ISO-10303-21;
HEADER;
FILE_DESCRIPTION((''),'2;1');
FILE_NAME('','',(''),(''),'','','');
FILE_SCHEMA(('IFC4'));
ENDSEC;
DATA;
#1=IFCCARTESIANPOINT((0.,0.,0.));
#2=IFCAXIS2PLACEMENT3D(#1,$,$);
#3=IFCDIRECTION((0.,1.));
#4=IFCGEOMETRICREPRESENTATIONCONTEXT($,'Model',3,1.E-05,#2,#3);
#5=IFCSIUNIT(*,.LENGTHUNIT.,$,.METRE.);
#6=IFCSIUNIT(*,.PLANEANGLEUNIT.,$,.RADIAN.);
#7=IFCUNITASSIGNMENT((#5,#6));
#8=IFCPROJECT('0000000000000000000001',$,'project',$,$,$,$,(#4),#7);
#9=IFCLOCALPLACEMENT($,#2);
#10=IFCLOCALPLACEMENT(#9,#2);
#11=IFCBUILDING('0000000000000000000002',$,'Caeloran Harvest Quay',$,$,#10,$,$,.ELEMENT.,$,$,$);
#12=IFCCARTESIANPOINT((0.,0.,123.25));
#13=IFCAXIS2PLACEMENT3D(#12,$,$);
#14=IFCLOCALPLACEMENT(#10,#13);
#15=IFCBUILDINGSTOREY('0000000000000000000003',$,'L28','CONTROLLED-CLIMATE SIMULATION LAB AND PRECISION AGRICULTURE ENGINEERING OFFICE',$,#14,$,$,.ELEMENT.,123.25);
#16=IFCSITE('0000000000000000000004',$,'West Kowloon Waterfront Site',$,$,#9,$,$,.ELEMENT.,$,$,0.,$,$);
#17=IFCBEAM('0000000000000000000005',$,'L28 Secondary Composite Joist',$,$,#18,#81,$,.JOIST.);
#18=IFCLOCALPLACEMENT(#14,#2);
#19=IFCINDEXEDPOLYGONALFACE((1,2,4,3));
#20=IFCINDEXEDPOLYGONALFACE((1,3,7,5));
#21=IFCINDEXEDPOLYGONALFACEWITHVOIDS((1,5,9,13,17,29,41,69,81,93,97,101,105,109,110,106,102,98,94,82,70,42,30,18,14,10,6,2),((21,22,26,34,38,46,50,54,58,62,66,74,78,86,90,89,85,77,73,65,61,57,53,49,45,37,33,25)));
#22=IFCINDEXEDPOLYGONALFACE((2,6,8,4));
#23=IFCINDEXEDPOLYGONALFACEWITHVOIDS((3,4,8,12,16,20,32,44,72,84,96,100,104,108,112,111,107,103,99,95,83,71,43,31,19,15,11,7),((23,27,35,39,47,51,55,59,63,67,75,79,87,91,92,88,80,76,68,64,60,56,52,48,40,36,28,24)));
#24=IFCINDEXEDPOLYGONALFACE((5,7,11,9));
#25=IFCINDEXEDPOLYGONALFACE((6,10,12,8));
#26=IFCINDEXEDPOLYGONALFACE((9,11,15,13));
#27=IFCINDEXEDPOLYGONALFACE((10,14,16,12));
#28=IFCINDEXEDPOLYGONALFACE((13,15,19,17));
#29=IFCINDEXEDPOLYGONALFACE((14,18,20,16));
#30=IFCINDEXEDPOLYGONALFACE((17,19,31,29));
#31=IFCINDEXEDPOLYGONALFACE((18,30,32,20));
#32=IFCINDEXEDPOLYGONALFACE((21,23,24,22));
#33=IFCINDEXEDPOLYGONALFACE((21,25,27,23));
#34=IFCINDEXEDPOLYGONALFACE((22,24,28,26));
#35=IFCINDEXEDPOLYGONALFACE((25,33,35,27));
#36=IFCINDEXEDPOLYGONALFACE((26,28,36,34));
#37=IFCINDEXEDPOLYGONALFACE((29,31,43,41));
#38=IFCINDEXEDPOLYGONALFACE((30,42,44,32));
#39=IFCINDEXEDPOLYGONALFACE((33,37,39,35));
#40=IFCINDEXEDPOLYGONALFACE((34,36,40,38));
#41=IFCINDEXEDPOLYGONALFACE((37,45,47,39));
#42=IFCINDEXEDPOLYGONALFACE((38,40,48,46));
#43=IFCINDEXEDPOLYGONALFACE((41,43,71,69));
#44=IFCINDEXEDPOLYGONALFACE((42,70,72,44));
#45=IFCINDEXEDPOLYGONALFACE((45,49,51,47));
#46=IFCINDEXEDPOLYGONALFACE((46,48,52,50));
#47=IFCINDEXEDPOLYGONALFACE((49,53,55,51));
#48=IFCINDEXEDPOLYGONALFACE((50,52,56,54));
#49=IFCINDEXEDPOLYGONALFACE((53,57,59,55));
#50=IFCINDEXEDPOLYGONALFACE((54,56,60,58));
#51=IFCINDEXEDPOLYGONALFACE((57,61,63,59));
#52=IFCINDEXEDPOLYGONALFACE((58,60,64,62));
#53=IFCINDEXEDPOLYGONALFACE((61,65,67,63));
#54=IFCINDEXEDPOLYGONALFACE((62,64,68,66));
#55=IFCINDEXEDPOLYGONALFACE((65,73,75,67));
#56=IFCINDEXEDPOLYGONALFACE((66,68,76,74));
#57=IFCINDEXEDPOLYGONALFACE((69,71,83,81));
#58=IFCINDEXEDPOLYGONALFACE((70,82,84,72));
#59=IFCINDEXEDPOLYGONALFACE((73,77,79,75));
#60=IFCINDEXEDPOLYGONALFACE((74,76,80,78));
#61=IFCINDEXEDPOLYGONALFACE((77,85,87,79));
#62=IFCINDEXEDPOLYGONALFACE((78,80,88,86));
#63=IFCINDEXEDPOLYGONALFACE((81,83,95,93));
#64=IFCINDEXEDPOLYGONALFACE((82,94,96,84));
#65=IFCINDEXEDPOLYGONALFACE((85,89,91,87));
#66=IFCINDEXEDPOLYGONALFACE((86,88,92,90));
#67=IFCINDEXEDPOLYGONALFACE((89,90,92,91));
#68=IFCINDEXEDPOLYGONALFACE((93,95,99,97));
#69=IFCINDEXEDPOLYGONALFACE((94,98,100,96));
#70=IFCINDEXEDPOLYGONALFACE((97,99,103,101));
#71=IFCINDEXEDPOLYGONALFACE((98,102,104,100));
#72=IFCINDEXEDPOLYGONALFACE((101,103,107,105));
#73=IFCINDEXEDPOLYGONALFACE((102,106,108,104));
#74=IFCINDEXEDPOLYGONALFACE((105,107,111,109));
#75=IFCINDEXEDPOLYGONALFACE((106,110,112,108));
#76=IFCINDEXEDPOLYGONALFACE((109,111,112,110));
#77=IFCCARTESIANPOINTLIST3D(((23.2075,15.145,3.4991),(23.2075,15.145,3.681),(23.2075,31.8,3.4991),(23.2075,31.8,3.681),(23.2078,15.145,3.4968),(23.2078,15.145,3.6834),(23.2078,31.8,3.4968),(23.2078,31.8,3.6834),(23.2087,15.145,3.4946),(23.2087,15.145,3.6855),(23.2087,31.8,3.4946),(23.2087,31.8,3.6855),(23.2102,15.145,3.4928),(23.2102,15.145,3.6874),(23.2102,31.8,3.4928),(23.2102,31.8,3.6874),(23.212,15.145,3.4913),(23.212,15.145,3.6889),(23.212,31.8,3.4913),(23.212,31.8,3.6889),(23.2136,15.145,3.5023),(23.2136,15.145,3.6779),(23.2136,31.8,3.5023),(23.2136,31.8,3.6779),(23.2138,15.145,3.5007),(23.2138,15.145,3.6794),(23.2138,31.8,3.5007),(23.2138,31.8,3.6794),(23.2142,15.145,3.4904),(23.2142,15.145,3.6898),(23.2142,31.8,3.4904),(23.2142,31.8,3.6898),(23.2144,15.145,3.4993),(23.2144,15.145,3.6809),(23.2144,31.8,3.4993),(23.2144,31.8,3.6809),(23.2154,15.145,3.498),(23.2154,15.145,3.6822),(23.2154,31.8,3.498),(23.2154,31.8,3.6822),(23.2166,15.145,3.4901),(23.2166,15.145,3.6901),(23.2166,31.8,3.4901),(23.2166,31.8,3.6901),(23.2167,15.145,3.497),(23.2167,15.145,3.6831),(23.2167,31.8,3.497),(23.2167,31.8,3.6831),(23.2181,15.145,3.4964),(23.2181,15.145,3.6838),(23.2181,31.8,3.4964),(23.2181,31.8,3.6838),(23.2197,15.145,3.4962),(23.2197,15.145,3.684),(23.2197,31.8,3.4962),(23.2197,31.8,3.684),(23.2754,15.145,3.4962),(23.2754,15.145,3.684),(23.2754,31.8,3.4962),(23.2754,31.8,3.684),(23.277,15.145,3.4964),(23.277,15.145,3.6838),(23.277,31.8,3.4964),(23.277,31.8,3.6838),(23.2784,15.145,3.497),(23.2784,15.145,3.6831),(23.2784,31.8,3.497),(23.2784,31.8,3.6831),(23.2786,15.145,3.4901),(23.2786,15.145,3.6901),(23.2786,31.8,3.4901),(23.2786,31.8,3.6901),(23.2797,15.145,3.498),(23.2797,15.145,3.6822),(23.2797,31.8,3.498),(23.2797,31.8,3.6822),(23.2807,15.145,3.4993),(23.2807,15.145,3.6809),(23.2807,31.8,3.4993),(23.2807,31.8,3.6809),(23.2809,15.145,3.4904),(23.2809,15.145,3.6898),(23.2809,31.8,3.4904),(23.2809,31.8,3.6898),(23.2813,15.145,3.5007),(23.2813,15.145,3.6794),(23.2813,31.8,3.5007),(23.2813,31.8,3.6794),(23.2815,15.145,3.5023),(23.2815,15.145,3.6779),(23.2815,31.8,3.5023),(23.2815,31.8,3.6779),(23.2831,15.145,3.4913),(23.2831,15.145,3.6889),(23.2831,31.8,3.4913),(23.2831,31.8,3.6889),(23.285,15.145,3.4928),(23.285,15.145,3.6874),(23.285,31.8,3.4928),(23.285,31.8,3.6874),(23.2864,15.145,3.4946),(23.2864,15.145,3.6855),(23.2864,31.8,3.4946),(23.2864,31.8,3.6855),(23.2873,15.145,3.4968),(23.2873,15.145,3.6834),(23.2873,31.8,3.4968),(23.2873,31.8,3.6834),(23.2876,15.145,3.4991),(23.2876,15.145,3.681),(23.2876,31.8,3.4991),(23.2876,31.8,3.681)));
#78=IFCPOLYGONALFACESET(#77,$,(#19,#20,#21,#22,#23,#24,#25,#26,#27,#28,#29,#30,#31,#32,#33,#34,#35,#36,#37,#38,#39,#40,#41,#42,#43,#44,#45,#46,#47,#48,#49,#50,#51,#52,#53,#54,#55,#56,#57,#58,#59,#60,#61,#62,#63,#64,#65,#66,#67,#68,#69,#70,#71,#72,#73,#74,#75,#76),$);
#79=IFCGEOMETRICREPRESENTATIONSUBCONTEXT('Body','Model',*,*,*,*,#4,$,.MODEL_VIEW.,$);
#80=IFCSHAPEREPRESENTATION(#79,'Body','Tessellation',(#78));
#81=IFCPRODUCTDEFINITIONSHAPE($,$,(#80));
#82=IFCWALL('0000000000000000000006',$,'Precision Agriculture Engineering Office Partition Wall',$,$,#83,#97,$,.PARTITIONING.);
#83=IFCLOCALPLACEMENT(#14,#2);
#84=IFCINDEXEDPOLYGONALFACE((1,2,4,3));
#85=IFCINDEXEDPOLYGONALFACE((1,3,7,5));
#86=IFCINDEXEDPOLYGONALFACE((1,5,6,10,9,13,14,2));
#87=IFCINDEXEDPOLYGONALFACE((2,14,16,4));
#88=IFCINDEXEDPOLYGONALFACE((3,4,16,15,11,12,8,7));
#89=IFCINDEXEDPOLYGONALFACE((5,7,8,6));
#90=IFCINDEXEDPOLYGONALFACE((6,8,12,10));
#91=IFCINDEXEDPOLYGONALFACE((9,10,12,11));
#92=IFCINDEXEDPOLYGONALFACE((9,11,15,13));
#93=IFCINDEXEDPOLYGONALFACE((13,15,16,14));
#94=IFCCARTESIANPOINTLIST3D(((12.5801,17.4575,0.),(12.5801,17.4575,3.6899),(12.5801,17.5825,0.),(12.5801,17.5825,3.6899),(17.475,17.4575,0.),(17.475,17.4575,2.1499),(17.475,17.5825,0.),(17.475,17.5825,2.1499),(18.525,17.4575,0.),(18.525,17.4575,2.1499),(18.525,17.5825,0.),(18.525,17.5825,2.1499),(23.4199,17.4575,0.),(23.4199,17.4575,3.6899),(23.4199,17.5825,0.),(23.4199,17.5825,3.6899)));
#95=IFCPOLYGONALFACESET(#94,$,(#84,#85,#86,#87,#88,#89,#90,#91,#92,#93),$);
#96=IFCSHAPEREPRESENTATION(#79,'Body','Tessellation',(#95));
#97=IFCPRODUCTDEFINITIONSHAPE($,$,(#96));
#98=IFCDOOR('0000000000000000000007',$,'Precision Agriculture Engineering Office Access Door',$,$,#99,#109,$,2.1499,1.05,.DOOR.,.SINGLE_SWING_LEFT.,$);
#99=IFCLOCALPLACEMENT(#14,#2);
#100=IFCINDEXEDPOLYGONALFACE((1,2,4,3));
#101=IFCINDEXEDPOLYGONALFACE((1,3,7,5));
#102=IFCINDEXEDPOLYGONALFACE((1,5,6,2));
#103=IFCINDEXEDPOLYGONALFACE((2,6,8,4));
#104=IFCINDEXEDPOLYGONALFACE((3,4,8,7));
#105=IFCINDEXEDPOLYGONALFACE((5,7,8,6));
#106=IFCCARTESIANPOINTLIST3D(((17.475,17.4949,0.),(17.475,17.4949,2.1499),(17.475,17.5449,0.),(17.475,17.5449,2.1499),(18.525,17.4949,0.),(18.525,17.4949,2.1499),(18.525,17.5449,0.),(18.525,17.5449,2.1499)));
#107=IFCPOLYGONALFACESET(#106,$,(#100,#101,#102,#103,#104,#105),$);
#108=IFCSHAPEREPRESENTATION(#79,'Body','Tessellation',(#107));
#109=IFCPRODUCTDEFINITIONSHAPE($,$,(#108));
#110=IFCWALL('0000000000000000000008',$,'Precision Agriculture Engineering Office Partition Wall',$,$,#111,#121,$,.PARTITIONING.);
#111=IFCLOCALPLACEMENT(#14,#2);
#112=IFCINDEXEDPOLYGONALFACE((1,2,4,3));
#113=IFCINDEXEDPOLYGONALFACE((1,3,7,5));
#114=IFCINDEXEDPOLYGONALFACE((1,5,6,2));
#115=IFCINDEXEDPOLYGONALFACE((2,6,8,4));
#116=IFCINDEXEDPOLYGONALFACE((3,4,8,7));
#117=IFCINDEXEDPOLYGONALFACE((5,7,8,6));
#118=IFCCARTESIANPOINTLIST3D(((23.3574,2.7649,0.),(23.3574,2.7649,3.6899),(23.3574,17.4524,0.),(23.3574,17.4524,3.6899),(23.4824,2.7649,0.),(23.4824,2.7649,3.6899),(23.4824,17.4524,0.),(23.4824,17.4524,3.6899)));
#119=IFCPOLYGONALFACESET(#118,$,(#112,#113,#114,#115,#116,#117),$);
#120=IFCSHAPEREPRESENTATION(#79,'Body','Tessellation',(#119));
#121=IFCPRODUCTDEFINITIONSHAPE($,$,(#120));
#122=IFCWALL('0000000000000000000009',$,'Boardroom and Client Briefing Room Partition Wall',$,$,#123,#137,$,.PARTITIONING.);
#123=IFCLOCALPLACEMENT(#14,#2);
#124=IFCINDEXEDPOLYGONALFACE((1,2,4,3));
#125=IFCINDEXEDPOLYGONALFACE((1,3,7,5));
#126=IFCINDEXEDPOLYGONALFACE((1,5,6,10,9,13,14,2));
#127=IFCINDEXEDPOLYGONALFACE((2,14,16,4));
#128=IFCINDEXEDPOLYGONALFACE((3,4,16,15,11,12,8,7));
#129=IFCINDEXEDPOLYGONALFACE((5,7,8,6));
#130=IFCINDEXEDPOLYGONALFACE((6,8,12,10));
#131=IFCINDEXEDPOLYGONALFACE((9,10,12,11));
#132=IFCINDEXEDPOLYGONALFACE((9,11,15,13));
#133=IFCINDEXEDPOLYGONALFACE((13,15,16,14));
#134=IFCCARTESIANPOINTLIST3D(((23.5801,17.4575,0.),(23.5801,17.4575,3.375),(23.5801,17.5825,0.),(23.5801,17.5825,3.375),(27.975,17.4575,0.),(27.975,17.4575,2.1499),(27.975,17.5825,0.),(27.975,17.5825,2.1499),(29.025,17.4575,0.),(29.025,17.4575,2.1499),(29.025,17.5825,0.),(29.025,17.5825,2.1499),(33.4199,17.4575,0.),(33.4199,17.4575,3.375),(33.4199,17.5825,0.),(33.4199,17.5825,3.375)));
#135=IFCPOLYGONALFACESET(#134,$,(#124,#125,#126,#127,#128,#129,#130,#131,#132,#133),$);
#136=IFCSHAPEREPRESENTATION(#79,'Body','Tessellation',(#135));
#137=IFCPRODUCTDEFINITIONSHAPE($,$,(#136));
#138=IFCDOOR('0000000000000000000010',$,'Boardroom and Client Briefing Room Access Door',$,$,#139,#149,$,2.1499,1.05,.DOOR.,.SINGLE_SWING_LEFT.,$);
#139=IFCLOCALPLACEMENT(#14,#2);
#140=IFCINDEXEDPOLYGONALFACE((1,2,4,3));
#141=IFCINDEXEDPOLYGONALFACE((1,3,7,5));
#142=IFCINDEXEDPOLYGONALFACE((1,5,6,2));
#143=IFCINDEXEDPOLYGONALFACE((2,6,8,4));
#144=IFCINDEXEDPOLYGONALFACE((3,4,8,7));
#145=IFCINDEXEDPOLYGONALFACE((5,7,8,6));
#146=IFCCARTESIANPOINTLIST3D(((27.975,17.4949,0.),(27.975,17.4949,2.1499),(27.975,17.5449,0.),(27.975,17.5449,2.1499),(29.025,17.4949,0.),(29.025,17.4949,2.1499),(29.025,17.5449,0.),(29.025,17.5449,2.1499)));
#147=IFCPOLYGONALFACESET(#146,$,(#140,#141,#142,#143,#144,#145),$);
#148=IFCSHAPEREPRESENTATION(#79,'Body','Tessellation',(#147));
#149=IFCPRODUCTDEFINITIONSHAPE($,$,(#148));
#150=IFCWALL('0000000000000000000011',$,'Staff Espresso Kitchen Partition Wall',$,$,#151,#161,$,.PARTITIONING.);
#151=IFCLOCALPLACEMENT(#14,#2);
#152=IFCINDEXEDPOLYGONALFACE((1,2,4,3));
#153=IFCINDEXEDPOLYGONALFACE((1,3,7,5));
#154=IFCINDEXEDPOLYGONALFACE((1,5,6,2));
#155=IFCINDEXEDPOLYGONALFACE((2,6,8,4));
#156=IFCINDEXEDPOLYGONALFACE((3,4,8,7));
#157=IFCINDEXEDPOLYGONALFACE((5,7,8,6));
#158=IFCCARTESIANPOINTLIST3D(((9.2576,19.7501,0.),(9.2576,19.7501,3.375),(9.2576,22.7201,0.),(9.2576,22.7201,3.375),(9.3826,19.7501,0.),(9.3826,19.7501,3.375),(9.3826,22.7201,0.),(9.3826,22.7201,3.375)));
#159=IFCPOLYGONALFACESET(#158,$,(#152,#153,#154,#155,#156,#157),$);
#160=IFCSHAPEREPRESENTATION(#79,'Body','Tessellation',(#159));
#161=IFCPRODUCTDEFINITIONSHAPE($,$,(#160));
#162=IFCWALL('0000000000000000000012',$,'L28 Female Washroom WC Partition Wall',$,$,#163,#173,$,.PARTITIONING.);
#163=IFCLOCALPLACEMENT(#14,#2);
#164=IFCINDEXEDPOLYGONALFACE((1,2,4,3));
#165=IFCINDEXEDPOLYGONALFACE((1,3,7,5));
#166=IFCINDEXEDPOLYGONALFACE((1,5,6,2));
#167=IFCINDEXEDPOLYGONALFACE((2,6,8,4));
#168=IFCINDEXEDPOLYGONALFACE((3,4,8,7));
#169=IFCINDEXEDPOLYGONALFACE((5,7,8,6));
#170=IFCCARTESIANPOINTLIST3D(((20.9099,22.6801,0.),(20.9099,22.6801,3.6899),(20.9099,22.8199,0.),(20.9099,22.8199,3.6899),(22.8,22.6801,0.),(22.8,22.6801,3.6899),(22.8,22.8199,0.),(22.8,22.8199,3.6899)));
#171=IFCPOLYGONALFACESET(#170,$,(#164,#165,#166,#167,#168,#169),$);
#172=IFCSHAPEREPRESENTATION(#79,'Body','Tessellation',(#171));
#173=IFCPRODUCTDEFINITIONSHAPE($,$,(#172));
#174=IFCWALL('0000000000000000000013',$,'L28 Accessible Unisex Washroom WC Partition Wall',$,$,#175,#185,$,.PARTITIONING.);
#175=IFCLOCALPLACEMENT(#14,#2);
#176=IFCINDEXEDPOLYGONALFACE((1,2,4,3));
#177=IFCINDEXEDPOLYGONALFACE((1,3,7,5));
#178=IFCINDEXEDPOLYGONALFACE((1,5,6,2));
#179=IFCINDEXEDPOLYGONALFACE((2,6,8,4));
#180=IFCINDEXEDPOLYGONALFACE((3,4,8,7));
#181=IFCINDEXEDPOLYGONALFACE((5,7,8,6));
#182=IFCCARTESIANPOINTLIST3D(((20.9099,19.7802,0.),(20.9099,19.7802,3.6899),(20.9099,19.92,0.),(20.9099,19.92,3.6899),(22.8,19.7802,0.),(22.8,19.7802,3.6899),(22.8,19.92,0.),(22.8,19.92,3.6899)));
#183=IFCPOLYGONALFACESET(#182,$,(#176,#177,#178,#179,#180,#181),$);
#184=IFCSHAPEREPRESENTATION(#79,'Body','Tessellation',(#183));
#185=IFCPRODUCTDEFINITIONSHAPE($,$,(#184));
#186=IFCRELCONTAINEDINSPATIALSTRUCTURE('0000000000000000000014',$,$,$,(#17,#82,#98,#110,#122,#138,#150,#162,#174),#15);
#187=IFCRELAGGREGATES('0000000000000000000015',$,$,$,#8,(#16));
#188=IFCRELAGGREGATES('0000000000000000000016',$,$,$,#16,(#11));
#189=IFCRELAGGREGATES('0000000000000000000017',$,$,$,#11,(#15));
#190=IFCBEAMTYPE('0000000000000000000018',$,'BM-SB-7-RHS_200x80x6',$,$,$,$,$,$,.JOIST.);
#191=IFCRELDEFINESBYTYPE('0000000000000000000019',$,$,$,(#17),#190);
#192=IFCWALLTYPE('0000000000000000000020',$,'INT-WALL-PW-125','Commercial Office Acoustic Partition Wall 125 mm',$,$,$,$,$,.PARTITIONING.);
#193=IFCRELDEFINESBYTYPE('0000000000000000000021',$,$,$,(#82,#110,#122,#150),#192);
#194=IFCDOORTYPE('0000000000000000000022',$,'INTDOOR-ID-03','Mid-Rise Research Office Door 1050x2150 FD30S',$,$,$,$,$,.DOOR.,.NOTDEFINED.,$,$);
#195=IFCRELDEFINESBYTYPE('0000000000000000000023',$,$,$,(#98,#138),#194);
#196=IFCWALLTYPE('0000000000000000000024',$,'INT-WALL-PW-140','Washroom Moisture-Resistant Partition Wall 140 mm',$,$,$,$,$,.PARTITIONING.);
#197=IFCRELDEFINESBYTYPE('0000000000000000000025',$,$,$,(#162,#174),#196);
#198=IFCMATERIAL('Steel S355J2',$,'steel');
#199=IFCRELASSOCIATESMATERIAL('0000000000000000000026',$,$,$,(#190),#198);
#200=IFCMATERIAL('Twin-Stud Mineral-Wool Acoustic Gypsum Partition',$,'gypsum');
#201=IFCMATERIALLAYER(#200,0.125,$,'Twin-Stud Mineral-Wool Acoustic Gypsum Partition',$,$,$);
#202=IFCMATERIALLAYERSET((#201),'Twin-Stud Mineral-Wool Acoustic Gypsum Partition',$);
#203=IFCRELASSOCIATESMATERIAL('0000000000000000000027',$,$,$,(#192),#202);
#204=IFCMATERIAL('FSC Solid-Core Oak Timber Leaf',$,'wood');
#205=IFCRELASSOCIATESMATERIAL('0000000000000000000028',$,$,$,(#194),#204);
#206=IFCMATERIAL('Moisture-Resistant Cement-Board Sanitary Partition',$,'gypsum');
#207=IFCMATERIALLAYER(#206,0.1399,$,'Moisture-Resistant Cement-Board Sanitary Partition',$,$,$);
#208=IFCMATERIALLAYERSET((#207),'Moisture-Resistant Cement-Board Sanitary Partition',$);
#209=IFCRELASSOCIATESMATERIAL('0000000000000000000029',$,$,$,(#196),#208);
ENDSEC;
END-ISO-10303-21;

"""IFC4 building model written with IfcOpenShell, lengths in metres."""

from ifc_helpers import new_model, si_unit, direction, frame, frame_2d, origin, origin_2d, place, context, subcontext, project, spatial, rectangle, hollow_rectangle, extrude, material, layer, layer_set, material_profile, profile_set, type_object, element, fill, save


model = new_model("IFC4")

# Units and contexts
model_context = context("Model", 3, precision=1e-05, world=origin(), true_north=direction((0.0, 1.0)))
body_context = subcontext(model_context, "Body", "Model", "MODEL_VIEW")
ifc_project = project(units=[si_unit("LENGTHUNIT", "METRE"), si_unit("PLANEANGLEUNIT", "RADIAN")], contexts=[model_context])

# Site, building, storey
site_placement = place(None, origin())
site = spatial("IfcSite", under=ifc_project, at=site_placement, Name="West Kowloon Waterfront Site", CompositionType="ELEMENT", RefElevation=0.0)
building_placement = place(site_placement, origin())
building = spatial("IfcBuilding", under=site, at=building_placement, Name="Caeloran Harvest Quay", CompositionType="ELEMENT")
storey_placement = place(building_placement, frame((0.0, 0.0, 123.25)))
storey = spatial("IfcBuildingStorey", under=building, at=storey_placement, Name="L28", Description="CONTROLLED-CLIMATE SIMULATION LAB AND PRECISION AGRICULTURE ENGINEERING OFFICE", CompositionType="ELEMENT", Elevation=123.25)

# Beam
ifc_material_1 = material(Name="Steel S355J2", Category="steel")
ifc_material_profile_1 = material_profile(ifc_material_1, hollow_rectangle(XDim=0.0801, YDim=0.2, WallThickness=0.0061, InnerFilletRadius=0.0061, OuterFilletRadius=0.009, at=origin_2d()), Name="RHS 200x80x6")
ifc_profile_set_1 = profile_set([ifc_material_profile_1], Name="Steel S355J2")
beam_type_1 = type_object("IfcBeamType", Name="BM-SB-7-RHS_200x80x6", PredefinedType="JOIST", material=ifc_profile_set_1)
for number, where, z_axis, x_axis, name in (
    (1, (23.2476, 15.145, 3.5901), (0.0, 1.0, 0.0), (-1.0, 0.0, 0.0), "L28 Secondary Composite Joist"),
):
    element("IfcBeam", number, at=place(storey_placement, frame(where, z_axis=z_axis, x_axis=x_axis)), inside=storey, type_object=beam_type_1, Name=name, PredefinedType="JOIST", context=body_context, shape_type="SweptSolid", body=[
        extrude(hollow_rectangle(XDim=0.0801, YDim=0.2, WallThickness=0.0061, InnerFilletRadius=0.0061, OuterFilletRadius=0.009, at=origin_2d()), origin(), (0.0, 0.0, 1.0), 16.655),
    ])

# Wall, opening, door
ifc_material_2 = material(Name="Twin-Stud Mineral-Wool Acoustic Gypsum Partition", Category="gypsum")
ifc_layer_1 = layer(ifc_material_2, 0.125, Name="Twin-Stud Mineral-Wool Acoustic Gypsum Partition")
ifc_layer_set_1 = layer_set([ifc_layer_1], Name="Twin-Stud Mineral-Wool Acoustic Gypsum Partition")
wall_type_1 = type_object("IfcWallType", Name="INT-WALL-PW-125", Description="Commercial Office Acoustic Partition Wall 125 mm", PredefinedType="PARTITIONING", material=ifc_layer_set_1)
wall_1_placement = place(storey_placement, frame((12.5801, 17.52, 0.0), z_axis=(0.0, 0.0, 1.0), x_axis=(1.0, 0.0, 0.0)))
wall_1 = element("IfcWall", 2, at=wall_1_placement, inside=storey, type_object=wall_type_1, Name="Precision Agriculture Engineering Office Partition Wall", PredefinedType="PARTITIONING", context=body_context, shape_type="SweptSolid", body=[
    extrude(rectangle(XDim=10.8398, YDim=0.125, at=frame_2d((5.4199, 0.0))), origin(), (0.0, 0.0, 1.0), 3.6899),
])
opening_1_placement = place(wall_1_placement, frame((4.895, 0.0, 0.0)))
opening_1 = element("IfcOpeningElement", 3, at=opening_1_placement, cuts=wall_1, PredefinedType="OPENING", context=body_context, shape_type="SweptSolid", body=[
    extrude(rectangle(XDim=1.05, YDim=2.1499, at=frame_2d((0.5249, 1.075))), frame((0.0, 0.0725, 0.0), z_axis=(0.0, -1.0, 0.0), x_axis=(1.0, 0.0, 0.0)), (0.0, 0.0, 1.0), 0.145),
])
ifc_material_3 = material(Name="FSC Solid-Core Oak Timber Leaf", Category="wood")
door_type_1 = type_object("IfcDoorType", Name="INTDOOR-ID-03", Description="Mid-Rise Research Office Door 1050x2150 FD30S", OperationType="NOTDEFINED", PredefinedType="DOOR", material=ifc_material_3)
door_1_placement = place(opening_1_placement, origin())
door_1 = element("IfcDoor", 4, at=door_1_placement, inside=storey, type_object=door_type_1, Name="Precision Agriculture Engineering Office Access Door", OperationType="SINGLE_SWING_LEFT", OverallHeight=2.1499, OverallWidth=1.05, PredefinedType="DOOR", context=body_context, shape_type="SweptSolid", body=[
    extrude(rectangle(XDim=1.05, YDim=2.1499, at=frame_2d((0.5249, 1.075))), frame((0.0, 0.0249, 0.0), z_axis=(0.0, -1.0, 0.0), x_axis=(1.0, 0.0, 0.0)), (0.0, 0.0, 1.0), 0.05),
])
fill(opening_1, door_1)

# Wall
wall_2_placement = place(storey_placement, frame((23.4199, 17.4524, 0.0), z_axis=(0.0, 0.0, 1.0), x_axis=(0.0, -1.0, 0.0)))
element("IfcWall", 5, at=wall_2_placement, inside=storey, type_object=wall_type_1, Name="Precision Agriculture Engineering Office Partition Wall", PredefinedType="PARTITIONING", context=body_context, shape_type="SweptSolid", body=[
    extrude(rectangle(XDim=14.6875, YDim=0.125, at=frame_2d((7.3438, 0.0))), origin(), (0.0, 0.0, 1.0), 3.6899),
])

# Wall, opening, door
wall_3_placement = place(storey_placement, frame((23.5801, 17.52, 0.0), z_axis=(0.0, 0.0, 1.0), x_axis=(1.0, 0.0, 0.0)))
wall_3 = element("IfcWall", 6, at=wall_3_placement, inside=storey, type_object=wall_type_1, Name="Boardroom and Client Briefing Room Partition Wall", PredefinedType="PARTITIONING", context=body_context, shape_type="SweptSolid", body=[
    extrude(rectangle(XDim=9.8398, YDim=0.125, at=frame_2d((4.9199, 0.0))), origin(), (0.0, 0.0, 1.0), 3.375),
])
opening_2_placement = place(wall_3_placement, frame((4.395, 0.0, 0.0)))
opening_2 = element("IfcOpeningElement", 7, at=opening_2_placement, cuts=wall_3, PredefinedType="OPENING", context=body_context, shape_type="SweptSolid", body=[
    extrude(rectangle(XDim=1.05, YDim=2.1499, at=frame_2d((0.5249, 1.075))), frame((0.0, 0.0725, 0.0), z_axis=(0.0, -1.0, 0.0), x_axis=(1.0, 0.0, 0.0)), (0.0, 0.0, 1.0), 0.145),
])
door_2_placement = place(opening_2_placement, origin())
door_2 = element("IfcDoor", 8, at=door_2_placement, inside=storey, type_object=door_type_1, Name="Boardroom and Client Briefing Room Access Door", OperationType="SINGLE_SWING_LEFT", OverallHeight=2.1499, OverallWidth=1.05, PredefinedType="DOOR", context=body_context, shape_type="SweptSolid", body=[
    extrude(rectangle(XDim=1.05, YDim=2.1499, at=frame_2d((0.5249, 1.075))), frame((0.0, 0.0249, 0.0), z_axis=(0.0, -1.0, 0.0), x_axis=(1.0, 0.0, 0.0)), (0.0, 0.0, 1.0), 0.05),
])
fill(opening_2, door_2)

# Wall
wall_4_placement = place(storey_placement, frame((9.3201, 22.72, 0.0), z_axis=(0.0, 0.0, 1.0), x_axis=(0.0, -1.0, 0.0)))
element("IfcWall", 9, at=wall_4_placement, inside=storey, type_object=wall_type_1, Name="Staff Espresso Kitchen Partition Wall", PredefinedType="PARTITIONING", context=body_context, shape_type="SweptSolid", body=[
    extrude(rectangle(XDim=2.97, YDim=0.125, at=frame_2d((1.4849, 0.0))), origin(), (0.0, 0.0, 1.0), 3.375),
])

# Wall
ifc_material_4 = material(Name="Moisture-Resistant Cement-Board Sanitary Partition", Category="gypsum")
ifc_layer_2 = layer(ifc_material_4, 0.1399, Name="Moisture-Resistant Cement-Board Sanitary Partition")
ifc_layer_set_2 = layer_set([ifc_layer_2], Name="Moisture-Resistant Cement-Board Sanitary Partition")
wall_type_2 = type_object("IfcWallType", Name="INT-WALL-PW-140", Description="Washroom Moisture-Resistant Partition Wall 140 mm", PredefinedType="PARTITIONING", material=ifc_layer_set_2)
wall_5_placement = place(storey_placement, frame((22.8, 22.75, 0.0), z_axis=(0.0, 0.0, 1.0), x_axis=(-1.0, 0.0, 0.0)))
element("IfcWall", 10, at=wall_5_placement, inside=storey, type_object=wall_type_2, Name="L28 Female Washroom WC Partition Wall", PredefinedType="PARTITIONING", context=body_context, shape_type="SweptSolid", body=[
    extrude(rectangle(XDim=1.8901, YDim=0.1399, at=frame_2d((0.9451, 0.0))), origin(), (0.0, 0.0, 1.0), 3.6899),
])

# Wall
wall_6_placement = place(storey_placement, frame((22.8, 19.8501, 0.0), z_axis=(0.0, 0.0, 1.0), x_axis=(-1.0, 0.0, 0.0)))
element("IfcWall", 11, at=wall_6_placement, inside=storey, type_object=wall_type_2, Name="L28 Accessible Unisex Washroom WC Partition Wall", PredefinedType="PARTITIONING", context=body_context, shape_type="SweptSolid", body=[
    extrude(rectangle(XDim=1.8901, YDim=0.1399, at=frame_2d((0.9451, 0.0))), origin(), (0.0, 0.0, 1.0), 3.6899),
])

save(model, "model.ifc")
